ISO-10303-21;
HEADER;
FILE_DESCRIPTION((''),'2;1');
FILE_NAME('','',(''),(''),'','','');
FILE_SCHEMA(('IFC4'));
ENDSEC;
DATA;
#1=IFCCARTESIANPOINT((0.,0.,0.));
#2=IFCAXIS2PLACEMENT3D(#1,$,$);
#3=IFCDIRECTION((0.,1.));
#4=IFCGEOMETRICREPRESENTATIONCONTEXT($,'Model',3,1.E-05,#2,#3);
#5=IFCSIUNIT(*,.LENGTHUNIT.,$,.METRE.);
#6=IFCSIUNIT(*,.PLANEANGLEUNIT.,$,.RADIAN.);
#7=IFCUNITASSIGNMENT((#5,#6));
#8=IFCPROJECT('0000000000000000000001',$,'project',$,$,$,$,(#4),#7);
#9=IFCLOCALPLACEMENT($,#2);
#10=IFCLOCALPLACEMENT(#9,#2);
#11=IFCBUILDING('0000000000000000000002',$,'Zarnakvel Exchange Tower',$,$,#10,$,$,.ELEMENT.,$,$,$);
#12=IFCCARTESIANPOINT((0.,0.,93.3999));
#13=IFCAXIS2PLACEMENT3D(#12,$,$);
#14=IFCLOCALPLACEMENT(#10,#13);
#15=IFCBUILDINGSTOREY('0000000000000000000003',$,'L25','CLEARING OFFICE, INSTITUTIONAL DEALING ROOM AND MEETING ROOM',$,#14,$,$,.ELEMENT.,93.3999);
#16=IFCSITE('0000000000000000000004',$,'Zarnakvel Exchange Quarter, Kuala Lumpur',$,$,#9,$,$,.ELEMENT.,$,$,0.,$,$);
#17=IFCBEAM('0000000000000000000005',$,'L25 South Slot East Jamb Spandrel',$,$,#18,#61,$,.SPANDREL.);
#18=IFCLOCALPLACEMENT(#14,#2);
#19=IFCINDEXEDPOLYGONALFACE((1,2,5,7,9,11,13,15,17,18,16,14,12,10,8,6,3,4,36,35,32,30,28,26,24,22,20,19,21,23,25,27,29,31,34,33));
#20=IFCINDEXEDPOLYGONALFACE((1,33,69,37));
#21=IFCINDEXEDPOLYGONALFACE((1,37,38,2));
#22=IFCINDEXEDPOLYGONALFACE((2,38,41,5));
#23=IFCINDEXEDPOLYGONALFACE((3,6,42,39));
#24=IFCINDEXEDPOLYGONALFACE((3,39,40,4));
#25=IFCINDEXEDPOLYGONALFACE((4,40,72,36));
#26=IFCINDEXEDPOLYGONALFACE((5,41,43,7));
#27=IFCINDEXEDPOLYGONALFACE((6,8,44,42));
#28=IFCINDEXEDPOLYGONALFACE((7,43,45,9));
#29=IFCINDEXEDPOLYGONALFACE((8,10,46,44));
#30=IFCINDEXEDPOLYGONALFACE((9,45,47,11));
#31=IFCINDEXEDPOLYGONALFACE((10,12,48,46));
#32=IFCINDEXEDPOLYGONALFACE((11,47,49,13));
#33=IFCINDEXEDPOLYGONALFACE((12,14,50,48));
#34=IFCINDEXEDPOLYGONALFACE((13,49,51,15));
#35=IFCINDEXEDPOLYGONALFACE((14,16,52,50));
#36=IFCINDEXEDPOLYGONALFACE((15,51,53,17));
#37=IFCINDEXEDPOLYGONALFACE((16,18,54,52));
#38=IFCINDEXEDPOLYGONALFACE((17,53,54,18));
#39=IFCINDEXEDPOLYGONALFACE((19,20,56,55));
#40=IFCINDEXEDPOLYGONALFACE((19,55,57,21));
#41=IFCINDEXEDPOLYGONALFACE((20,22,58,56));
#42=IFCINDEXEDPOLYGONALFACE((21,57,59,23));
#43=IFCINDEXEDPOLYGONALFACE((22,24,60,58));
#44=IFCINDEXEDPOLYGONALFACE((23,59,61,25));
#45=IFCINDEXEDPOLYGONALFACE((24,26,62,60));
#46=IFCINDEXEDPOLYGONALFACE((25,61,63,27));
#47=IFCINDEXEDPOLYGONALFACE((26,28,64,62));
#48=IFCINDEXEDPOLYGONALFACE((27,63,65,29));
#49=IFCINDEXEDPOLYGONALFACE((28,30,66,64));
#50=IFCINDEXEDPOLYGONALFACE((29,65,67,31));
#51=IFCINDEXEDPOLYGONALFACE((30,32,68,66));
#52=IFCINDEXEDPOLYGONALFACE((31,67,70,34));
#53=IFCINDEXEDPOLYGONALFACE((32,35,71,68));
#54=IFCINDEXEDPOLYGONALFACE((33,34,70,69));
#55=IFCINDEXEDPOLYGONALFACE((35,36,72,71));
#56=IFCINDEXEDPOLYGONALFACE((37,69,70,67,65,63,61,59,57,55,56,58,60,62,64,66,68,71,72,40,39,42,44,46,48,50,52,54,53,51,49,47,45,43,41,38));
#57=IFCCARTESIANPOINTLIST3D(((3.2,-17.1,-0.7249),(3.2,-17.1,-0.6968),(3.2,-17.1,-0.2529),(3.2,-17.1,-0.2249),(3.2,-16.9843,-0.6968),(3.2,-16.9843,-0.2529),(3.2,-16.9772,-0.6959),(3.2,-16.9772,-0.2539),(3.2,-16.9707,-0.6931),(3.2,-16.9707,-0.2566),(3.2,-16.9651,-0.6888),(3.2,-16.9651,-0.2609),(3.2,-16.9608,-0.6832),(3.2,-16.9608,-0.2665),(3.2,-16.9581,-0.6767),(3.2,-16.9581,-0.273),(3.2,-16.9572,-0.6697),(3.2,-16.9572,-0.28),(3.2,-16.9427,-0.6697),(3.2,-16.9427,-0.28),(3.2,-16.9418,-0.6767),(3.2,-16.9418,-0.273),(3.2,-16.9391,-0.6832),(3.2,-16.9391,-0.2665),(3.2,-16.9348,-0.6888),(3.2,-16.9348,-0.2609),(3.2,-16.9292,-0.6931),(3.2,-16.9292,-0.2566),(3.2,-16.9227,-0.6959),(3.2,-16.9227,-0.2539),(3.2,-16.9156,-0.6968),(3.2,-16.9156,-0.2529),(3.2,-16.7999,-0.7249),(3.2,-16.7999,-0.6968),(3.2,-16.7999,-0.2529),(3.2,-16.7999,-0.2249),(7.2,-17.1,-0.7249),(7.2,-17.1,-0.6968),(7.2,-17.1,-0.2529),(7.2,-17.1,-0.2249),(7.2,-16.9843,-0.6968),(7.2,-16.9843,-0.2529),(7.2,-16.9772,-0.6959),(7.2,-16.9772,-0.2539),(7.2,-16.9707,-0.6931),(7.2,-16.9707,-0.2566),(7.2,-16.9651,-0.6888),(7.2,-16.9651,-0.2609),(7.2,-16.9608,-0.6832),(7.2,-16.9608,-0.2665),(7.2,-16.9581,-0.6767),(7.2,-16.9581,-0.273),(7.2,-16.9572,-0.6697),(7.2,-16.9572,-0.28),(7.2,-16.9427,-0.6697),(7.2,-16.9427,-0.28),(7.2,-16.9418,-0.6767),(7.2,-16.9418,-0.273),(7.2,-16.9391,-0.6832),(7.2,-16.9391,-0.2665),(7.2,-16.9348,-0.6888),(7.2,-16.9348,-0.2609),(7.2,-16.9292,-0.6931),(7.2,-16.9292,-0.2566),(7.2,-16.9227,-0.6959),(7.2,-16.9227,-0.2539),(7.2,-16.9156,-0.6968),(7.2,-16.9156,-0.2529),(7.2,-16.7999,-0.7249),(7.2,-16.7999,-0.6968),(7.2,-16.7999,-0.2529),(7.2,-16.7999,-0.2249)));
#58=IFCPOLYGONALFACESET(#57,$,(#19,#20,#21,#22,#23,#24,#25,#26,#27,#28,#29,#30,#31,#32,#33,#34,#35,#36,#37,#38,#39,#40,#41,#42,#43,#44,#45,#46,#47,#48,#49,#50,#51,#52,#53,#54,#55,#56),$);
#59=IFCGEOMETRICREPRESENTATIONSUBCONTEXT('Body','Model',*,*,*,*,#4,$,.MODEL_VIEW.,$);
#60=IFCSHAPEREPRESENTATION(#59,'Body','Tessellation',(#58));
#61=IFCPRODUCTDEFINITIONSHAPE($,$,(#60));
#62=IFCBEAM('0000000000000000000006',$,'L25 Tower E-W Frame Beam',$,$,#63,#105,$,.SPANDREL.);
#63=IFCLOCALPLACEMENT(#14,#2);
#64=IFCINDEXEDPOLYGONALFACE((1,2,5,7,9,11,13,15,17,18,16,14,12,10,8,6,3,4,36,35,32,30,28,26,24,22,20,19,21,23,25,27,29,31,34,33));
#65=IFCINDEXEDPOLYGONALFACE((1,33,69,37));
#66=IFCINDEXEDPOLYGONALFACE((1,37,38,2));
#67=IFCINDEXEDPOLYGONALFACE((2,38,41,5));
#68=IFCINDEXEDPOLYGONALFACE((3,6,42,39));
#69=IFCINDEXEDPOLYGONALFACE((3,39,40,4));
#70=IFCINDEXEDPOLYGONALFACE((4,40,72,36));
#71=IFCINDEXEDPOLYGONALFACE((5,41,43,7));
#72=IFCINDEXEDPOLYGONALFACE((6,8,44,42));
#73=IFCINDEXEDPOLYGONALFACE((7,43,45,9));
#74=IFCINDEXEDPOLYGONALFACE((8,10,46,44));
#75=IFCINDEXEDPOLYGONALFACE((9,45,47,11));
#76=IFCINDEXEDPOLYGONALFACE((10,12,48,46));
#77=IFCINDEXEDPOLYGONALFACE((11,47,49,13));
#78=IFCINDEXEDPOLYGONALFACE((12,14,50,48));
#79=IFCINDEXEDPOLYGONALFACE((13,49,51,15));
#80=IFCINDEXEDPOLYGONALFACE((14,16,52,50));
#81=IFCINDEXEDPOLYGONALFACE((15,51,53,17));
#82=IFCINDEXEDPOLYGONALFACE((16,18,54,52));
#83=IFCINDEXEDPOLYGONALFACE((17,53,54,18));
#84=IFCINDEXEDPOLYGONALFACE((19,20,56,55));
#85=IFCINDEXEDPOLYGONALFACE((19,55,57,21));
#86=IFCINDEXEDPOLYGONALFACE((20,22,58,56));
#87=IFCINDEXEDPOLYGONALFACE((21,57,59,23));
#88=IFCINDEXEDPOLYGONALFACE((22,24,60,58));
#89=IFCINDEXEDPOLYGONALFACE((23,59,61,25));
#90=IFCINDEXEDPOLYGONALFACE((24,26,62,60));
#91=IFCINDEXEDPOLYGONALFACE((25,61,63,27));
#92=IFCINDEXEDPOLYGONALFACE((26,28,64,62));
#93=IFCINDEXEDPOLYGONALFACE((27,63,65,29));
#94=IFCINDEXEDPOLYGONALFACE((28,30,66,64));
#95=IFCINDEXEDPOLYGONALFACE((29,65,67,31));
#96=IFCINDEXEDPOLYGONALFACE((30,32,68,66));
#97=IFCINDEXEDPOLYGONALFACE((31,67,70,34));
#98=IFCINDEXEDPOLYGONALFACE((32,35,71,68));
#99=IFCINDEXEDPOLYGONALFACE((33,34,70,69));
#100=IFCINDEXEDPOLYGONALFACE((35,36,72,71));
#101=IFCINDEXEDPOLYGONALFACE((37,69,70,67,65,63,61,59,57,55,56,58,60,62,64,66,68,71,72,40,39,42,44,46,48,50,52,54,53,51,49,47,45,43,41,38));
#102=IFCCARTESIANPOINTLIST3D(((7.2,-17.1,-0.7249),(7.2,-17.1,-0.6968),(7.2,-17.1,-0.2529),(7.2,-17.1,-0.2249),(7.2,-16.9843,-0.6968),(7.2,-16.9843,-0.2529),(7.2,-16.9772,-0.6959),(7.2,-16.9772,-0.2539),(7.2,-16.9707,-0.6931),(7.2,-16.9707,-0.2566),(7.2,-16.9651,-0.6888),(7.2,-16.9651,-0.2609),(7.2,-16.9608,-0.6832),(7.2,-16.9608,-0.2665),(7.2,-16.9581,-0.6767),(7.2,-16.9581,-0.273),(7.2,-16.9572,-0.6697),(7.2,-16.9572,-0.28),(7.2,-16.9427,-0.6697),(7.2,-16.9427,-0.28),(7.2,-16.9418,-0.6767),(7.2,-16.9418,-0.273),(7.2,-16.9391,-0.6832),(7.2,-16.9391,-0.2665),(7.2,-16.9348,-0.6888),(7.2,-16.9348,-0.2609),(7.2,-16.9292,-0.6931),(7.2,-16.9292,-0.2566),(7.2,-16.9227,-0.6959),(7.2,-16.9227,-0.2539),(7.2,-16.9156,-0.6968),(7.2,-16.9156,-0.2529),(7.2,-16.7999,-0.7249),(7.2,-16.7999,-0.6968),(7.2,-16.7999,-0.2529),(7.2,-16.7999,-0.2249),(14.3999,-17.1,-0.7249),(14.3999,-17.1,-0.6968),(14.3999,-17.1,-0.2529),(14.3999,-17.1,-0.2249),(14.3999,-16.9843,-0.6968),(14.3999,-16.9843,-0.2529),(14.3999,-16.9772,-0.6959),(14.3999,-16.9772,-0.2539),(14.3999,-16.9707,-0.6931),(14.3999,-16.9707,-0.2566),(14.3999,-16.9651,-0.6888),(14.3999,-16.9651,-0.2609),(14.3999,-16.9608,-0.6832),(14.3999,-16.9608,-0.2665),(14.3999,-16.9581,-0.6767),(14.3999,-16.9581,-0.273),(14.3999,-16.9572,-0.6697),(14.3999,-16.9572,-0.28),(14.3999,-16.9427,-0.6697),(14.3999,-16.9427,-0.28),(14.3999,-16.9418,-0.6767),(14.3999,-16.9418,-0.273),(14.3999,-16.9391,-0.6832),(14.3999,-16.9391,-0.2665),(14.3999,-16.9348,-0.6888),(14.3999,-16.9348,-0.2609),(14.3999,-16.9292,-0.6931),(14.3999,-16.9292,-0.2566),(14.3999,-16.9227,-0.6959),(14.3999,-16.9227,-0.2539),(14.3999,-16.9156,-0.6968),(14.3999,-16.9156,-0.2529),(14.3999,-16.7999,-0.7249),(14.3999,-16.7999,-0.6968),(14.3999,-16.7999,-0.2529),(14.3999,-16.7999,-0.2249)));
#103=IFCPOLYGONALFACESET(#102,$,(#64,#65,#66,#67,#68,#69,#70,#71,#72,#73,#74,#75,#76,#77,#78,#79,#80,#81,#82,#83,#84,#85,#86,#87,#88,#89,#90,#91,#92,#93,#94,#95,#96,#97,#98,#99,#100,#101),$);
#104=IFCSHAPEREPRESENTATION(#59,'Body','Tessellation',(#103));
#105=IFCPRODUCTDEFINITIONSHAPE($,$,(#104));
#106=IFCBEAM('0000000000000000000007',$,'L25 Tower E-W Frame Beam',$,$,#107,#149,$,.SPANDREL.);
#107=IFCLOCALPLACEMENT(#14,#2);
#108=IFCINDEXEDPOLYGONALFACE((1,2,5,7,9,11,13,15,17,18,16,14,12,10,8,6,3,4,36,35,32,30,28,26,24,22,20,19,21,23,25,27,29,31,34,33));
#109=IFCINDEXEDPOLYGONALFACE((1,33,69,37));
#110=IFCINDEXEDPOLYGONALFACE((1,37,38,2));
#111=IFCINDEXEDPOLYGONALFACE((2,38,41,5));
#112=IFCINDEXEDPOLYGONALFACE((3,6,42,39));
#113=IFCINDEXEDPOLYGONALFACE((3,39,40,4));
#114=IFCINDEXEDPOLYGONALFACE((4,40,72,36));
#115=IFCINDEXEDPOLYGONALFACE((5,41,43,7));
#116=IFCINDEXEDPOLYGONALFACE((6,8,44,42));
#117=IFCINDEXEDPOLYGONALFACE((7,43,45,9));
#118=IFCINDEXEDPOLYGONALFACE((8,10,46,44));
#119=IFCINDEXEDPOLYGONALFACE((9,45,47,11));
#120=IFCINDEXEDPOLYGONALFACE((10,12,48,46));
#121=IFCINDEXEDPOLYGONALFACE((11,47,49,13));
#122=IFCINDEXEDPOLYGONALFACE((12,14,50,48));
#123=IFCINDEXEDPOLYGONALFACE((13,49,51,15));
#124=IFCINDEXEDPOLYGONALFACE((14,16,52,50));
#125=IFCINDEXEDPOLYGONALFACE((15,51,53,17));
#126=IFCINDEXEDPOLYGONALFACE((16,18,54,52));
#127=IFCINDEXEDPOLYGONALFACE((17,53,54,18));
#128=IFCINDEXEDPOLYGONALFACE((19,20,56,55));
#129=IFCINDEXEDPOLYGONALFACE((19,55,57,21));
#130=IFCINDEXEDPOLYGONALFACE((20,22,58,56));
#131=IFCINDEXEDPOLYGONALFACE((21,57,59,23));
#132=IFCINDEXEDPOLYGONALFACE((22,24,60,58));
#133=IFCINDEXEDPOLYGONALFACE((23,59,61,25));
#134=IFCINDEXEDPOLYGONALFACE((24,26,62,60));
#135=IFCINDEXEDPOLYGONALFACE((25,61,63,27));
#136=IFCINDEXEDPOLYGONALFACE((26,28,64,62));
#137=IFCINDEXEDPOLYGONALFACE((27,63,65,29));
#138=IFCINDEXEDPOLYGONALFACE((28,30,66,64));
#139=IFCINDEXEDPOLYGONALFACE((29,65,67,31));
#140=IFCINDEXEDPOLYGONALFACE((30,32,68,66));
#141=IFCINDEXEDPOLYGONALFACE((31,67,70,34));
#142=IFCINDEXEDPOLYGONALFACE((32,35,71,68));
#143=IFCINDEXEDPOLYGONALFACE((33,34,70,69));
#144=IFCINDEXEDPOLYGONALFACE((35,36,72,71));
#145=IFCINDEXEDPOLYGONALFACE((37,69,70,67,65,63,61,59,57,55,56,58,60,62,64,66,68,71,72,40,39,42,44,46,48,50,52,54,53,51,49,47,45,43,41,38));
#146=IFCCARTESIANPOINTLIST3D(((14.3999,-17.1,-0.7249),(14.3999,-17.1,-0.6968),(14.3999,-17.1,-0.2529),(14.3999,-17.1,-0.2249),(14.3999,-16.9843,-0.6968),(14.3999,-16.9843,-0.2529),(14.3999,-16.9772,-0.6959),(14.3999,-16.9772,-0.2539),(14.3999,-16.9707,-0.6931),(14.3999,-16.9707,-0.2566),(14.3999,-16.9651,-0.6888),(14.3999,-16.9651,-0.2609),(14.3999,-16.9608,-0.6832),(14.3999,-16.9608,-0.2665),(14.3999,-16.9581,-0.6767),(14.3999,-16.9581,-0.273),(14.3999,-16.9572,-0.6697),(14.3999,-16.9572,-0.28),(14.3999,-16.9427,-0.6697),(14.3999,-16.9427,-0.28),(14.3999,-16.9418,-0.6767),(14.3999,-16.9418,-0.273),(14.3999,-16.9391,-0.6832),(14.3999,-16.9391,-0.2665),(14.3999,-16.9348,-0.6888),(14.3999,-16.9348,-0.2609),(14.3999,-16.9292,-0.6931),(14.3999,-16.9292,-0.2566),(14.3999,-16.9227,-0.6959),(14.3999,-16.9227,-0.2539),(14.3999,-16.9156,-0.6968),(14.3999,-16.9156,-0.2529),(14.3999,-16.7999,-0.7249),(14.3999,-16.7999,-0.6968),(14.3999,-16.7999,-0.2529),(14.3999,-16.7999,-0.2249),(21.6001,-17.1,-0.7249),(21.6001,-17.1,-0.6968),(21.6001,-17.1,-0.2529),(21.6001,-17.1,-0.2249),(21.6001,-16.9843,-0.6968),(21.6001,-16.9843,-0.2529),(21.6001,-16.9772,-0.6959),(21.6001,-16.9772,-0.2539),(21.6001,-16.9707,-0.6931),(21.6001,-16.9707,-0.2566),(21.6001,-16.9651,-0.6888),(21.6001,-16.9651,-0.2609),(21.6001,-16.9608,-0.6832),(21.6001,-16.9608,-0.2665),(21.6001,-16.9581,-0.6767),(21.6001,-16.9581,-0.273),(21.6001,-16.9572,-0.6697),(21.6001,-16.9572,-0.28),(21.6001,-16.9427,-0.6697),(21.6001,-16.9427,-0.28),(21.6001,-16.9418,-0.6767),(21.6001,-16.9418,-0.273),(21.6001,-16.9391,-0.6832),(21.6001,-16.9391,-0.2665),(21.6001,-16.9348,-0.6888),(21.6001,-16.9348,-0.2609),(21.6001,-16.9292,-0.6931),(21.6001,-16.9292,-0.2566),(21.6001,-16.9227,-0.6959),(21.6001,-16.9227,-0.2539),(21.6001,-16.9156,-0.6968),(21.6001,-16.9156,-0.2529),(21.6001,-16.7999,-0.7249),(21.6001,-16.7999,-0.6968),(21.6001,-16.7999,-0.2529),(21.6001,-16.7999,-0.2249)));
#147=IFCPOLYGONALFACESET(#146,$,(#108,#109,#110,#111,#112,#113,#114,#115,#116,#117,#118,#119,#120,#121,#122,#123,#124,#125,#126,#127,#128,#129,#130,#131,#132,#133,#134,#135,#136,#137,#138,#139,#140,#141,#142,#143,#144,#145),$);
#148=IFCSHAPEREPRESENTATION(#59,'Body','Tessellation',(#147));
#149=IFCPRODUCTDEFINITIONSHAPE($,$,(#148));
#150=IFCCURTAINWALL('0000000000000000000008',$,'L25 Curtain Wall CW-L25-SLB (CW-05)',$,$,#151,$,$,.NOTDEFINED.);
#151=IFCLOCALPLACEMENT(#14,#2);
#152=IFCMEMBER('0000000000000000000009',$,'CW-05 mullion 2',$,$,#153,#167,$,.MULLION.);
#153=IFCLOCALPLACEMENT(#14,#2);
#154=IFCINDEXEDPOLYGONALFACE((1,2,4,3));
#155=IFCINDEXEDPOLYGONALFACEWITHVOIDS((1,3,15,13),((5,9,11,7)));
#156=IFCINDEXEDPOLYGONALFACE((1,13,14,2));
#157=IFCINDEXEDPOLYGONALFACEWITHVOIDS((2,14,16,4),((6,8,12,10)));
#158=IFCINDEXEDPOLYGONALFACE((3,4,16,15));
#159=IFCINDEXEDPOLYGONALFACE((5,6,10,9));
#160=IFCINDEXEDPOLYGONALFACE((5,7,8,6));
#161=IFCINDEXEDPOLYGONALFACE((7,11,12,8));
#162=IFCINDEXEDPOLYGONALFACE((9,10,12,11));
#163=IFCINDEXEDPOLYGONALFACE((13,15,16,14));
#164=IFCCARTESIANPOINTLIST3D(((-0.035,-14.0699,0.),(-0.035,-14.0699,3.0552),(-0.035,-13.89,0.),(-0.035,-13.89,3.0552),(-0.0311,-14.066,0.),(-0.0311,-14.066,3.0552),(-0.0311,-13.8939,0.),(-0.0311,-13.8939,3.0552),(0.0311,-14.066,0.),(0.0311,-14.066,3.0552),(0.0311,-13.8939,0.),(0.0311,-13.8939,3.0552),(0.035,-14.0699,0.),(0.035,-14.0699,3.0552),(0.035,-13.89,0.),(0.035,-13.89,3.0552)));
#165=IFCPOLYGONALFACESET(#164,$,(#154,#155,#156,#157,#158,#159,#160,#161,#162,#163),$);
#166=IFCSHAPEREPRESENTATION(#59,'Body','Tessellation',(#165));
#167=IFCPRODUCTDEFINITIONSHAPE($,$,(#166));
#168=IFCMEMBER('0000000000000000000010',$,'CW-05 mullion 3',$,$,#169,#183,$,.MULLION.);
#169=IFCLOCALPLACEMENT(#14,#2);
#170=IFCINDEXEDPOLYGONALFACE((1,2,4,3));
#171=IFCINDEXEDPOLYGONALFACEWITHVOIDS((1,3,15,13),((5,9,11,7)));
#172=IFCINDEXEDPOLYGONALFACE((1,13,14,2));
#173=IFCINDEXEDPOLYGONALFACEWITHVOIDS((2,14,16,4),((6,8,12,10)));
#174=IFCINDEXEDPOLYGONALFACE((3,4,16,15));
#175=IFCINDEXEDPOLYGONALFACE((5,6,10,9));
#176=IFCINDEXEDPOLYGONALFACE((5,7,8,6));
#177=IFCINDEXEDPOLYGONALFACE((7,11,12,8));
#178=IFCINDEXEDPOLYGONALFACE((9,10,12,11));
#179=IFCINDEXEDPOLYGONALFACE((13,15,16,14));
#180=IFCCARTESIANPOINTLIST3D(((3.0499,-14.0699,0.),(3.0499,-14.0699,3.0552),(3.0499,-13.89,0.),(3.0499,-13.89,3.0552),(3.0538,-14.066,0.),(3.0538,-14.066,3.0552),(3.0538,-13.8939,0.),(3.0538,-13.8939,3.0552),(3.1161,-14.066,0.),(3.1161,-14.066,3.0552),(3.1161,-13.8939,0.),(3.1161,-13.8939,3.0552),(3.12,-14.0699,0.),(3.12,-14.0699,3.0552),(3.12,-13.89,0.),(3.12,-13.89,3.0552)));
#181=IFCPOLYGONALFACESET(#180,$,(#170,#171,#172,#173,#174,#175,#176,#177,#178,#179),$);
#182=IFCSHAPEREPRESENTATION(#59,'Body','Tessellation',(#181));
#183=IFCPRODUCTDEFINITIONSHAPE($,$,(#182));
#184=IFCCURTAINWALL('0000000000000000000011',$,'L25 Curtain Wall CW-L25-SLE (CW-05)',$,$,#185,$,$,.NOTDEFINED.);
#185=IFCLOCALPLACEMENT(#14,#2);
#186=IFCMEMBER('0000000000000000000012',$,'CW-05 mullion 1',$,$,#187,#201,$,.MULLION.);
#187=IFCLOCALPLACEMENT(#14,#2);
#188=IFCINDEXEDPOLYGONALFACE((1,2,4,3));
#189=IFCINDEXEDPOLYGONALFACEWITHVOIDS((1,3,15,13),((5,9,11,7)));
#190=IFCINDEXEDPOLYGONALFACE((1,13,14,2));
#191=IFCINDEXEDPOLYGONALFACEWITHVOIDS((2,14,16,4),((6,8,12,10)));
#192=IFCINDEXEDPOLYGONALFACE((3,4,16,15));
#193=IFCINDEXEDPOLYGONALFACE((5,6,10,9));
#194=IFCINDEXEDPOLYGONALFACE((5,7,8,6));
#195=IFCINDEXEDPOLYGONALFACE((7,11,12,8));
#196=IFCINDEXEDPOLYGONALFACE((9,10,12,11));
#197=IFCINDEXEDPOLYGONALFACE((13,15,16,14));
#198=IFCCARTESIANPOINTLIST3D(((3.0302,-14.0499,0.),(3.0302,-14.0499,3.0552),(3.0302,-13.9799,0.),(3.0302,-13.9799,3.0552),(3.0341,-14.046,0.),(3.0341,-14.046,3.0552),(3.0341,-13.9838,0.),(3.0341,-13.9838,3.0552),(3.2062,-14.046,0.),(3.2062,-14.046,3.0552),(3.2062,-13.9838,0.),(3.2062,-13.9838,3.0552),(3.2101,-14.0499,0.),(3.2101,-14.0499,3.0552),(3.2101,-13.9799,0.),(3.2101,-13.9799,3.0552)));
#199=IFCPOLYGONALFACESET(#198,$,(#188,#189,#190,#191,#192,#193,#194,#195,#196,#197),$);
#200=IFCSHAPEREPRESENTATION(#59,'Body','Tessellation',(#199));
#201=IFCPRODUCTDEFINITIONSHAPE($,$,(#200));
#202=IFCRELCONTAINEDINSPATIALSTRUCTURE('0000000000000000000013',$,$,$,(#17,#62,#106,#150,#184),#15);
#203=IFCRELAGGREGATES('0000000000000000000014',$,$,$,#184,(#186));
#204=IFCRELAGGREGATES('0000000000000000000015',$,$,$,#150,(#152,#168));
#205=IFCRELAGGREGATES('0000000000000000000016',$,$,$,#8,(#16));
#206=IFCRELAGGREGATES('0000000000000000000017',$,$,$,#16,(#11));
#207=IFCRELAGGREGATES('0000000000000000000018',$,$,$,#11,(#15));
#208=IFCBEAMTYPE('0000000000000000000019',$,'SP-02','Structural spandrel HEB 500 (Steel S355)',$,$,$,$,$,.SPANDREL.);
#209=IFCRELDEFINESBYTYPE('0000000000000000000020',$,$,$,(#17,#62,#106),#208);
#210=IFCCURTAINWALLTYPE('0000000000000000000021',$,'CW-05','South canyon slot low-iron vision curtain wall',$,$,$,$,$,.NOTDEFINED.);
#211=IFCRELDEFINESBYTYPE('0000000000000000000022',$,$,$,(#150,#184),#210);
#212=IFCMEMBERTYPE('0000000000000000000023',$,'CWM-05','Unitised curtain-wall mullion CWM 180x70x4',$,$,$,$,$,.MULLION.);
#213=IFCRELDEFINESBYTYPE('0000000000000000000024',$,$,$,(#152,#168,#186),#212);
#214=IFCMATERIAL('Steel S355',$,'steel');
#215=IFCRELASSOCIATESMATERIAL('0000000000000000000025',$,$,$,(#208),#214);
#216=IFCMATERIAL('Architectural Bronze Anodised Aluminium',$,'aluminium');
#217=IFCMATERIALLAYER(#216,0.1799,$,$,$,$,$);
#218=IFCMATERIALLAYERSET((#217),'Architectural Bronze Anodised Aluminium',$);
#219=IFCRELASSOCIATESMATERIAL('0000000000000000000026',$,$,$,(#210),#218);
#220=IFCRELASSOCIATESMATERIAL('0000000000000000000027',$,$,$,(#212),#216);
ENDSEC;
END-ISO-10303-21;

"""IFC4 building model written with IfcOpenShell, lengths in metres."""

from ifc_helpers import new_model, si_unit, direction, frame, origin, origin_2d, place, context, subcontext, project, spatial, hollow_rectangle, i_section, extrude, source, transform, mapped, material, layer, layer_set, material_profile, profile_set, type_object, element, aggregate, save


model = new_model("IFC4")

# Units and contexts
model_context = context("Model", 3, precision=1e-05, world=origin(), true_north=direction((0.0, 1.0)))
body_context = subcontext(model_context, "Body", "Model", "MODEL_VIEW")
ifc_project = project(units=[si_unit("LENGTHUNIT", "METRE"), si_unit("PLANEANGLEUNIT", "RADIAN")], contexts=[model_context])

# Site, building, storey
site_placement = place(None, origin())
site = spatial("IfcSite", under=ifc_project, at=site_placement, Name="Zarnakvel Exchange Quarter, Kuala Lumpur", CompositionType="ELEMENT", RefElevation=0.0)
building_placement = place(site_placement, origin())
building = spatial("IfcBuilding", under=site, at=building_placement, Name="Zarnakvel Exchange Tower", CompositionType="ELEMENT")
storey_placement = place(building_placement, frame((0.0, 0.0, 93.3999)))
storey = spatial("IfcBuildingStorey", under=building, at=storey_placement, Name="L25", Description="CLEARING OFFICE, INSTITUTIONAL DEALING ROOM AND MEETING ROOM", CompositionType="ELEMENT", Elevation=93.3999)

# Beams
ifc_material_1 = material(Name="Steel S355", Category="steel")
ifc_material_profile_1 = material_profile(ifc_material_1, i_section(OverallWidth=0.3, OverallDepth=0.5, WebThickness=0.0144, FlangeThickness=0.0281, FilletRadius=0.0271, at=origin_2d()))
ifc_profile_set_1 = profile_set([ifc_material_profile_1], Name="Steel S355")
beam_type_1 = type_object("IfcBeamType", Name="SP-02", Description="Structural spandrel HEB 500 (Steel S355)", PredefinedType="SPANDREL", material=ifc_profile_set_1)
beam_1_placement = place(storey_placement, frame((3.2, -16.95, -0.4749), z_axis=(1.0, 0.0, 0.0), x_axis=(0.0, 1.0, 0.0)))
element("IfcBeam", 1, at=beam_1_placement, inside=storey, type_object=beam_type_1, Name="L25 South Slot East Jamb Spandrel", PredefinedType="SPANDREL", context=body_context, shape_type="SweptSolid", body=[
    extrude(i_section(OverallWidth=0.3, OverallDepth=0.5, WebThickness=0.0144, FlangeThickness=0.0281, FilletRadius=0.0271, at=origin_2d()), origin(), (0.0, 0.0, 1.0), 4.0),
])
beam_2_placement = place(storey_placement, frame((7.2, -16.95, -0.4749), z_axis=(1.0, 0.0, 0.0), x_axis=(0.0, 1.0, 0.0)))
element("IfcBeam", 2, at=beam_2_placement, inside=storey, type_object=beam_type_1, Name="L25 Tower E-W Frame Beam", PredefinedType="SPANDREL", context=body_context, shape_type="SweptSolid", body=[
    extrude(i_section(OverallWidth=0.3, OverallDepth=0.5, WebThickness=0.0144, FlangeThickness=0.0281, FilletRadius=0.0271, at=origin_2d()), origin(), (0.0, 0.0, 1.0), 7.2),
])
beam_3_placement = place(storey_placement, frame((14.3999, -16.95, -0.4749), z_axis=(1.0, 0.0, 0.0), x_axis=(0.0, 1.0, 0.0)))
element("IfcBeam", 3, at=beam_3_placement, inside=storey, type_object=beam_type_1, Name="L25 Tower E-W Frame Beam", PredefinedType="SPANDREL", context=body_context, shape_type="SweptSolid", body=[
    extrude(i_section(OverallWidth=0.3, OverallDepth=0.5, WebThickness=0.0144, FlangeThickness=0.0281, FilletRadius=0.0271, at=origin_2d()), origin(), (0.0, 0.0, 1.0), 7.2002),
])

# Curtain walls, members
ifc_material_2 = material(Name="Architectural Bronze Anodised Aluminium", Category="aluminium")
ifc_layer_1 = layer(ifc_material_2, 0.1799)
ifc_layer_set_1 = layer_set([ifc_layer_1], Name="Architectural Bronze Anodised Aluminium")
curtain_wall_type = type_object("IfcCurtainWallType", Name="CW-05", Description="South canyon slot low-iron vision curtain wall", PredefinedType="NOTDEFINED", material=ifc_layer_set_1)
curtain_wall_1_placement = place(storey_placement, origin())
curtain_wall_1 = element("IfcCurtainWall", 4, at=curtain_wall_1_placement, inside=storey, type_object=curtain_wall_type, Name="L25 Curtain Wall CW-L25-SLB (CW-05)", PredefinedType="NOTDEFINED")
ifc_material_profile_2 = material_profile(ifc_material_2, hollow_rectangle(XDim=0.1799, YDim=0.0701, WallThickness=0.0039, at=origin_2d()))
ifc_profile_set_2 = profile_set([ifc_material_profile_2], Name="Architectural Bronze Anodised Aluminium")
member_type_1 = type_object("IfcMemberType", Name="CWM-05", Description="Unitised curtain-wall mullion CWM 180x70x4", PredefinedType="MULLION", material=ifc_profile_set_2)
shared_shape_1 = source(origin(), body_context, "Body", "SweptSolid", [
    extrude(hollow_rectangle(XDim=0.1799, YDim=0.0701, WallThickness=0.0039, at=origin_2d()), origin(), (0.0, 0.0, 1.0), 3.0552),
])
member_1_placement = place(storey_placement, frame((0.0, -13.98, 0.0), z_axis=(0.0, 0.0, 1.0), x_axis=(0.0, 1.0, 0.0)))
member_1 = element("IfcMember", 5, at=member_1_placement, type_object=member_type_1, Name="CW-05 mullion 2", PredefinedType="MULLION", context=body_context, shape_type="MappedRepresentation", body=[
    mapped(shared_shape_1, transform((0.0, 0.0, 0.0), x_axis=(1.0, 0.0, 0.0), y_axis=(0.0, 1.0, 0.0), z_axis=(0.0, 0.0, 1.0), scale=1.0)),
])
member_2_placement = place(storey_placement, frame((3.085, -13.98, 0.0), z_axis=(0.0, 0.0, 1.0), x_axis=(0.0, 1.0, 0.0)))
member_2 = element("IfcMember", 6, at=member_2_placement, type_object=member_type_1, Name="CW-05 mullion 3", PredefinedType="MULLION", context=body_context, shape_type="MappedRepresentation", body=[
    mapped(shared_shape_1, transform((0.0, 0.0, 0.0), x_axis=(1.0, 0.0, 0.0), y_axis=(0.0, 1.0, 0.0), z_axis=(0.0, 0.0, 1.0), scale=1.0)),
])
curtain_wall_2_placement = place(storey_placement, origin())
curtain_wall_2 = element("IfcCurtainWall", 7, at=curtain_wall_2_placement, inside=storey, type_object=curtain_wall_type, Name="L25 Curtain Wall CW-L25-SLE (CW-05)", PredefinedType="NOTDEFINED")
member_3_placement = place(storey_placement, frame((3.1201, -14.0149, 0.0), z_axis=(0.0, 0.0, 1.0), x_axis=(1.0, 0.0, 0.0)))
member_3 = element("IfcMember", 8, at=member_3_placement, type_object=member_type_1, Name="CW-05 mullion 1", PredefinedType="MULLION", context=body_context, shape_type="MappedRepresentation", body=[
    mapped(shared_shape_1, transform((0.0, 0.0, 0.0), x_axis=(1.0, 0.0, 0.0), y_axis=(0.0, 1.0, 0.0), z_axis=(0.0, 0.0, 1.0), scale=1.0)),
])

aggregate(curtain_wall_2, [member_3])
aggregate(curtain_wall_1, [member_1, member_2])

save(model, "model.ifc")
